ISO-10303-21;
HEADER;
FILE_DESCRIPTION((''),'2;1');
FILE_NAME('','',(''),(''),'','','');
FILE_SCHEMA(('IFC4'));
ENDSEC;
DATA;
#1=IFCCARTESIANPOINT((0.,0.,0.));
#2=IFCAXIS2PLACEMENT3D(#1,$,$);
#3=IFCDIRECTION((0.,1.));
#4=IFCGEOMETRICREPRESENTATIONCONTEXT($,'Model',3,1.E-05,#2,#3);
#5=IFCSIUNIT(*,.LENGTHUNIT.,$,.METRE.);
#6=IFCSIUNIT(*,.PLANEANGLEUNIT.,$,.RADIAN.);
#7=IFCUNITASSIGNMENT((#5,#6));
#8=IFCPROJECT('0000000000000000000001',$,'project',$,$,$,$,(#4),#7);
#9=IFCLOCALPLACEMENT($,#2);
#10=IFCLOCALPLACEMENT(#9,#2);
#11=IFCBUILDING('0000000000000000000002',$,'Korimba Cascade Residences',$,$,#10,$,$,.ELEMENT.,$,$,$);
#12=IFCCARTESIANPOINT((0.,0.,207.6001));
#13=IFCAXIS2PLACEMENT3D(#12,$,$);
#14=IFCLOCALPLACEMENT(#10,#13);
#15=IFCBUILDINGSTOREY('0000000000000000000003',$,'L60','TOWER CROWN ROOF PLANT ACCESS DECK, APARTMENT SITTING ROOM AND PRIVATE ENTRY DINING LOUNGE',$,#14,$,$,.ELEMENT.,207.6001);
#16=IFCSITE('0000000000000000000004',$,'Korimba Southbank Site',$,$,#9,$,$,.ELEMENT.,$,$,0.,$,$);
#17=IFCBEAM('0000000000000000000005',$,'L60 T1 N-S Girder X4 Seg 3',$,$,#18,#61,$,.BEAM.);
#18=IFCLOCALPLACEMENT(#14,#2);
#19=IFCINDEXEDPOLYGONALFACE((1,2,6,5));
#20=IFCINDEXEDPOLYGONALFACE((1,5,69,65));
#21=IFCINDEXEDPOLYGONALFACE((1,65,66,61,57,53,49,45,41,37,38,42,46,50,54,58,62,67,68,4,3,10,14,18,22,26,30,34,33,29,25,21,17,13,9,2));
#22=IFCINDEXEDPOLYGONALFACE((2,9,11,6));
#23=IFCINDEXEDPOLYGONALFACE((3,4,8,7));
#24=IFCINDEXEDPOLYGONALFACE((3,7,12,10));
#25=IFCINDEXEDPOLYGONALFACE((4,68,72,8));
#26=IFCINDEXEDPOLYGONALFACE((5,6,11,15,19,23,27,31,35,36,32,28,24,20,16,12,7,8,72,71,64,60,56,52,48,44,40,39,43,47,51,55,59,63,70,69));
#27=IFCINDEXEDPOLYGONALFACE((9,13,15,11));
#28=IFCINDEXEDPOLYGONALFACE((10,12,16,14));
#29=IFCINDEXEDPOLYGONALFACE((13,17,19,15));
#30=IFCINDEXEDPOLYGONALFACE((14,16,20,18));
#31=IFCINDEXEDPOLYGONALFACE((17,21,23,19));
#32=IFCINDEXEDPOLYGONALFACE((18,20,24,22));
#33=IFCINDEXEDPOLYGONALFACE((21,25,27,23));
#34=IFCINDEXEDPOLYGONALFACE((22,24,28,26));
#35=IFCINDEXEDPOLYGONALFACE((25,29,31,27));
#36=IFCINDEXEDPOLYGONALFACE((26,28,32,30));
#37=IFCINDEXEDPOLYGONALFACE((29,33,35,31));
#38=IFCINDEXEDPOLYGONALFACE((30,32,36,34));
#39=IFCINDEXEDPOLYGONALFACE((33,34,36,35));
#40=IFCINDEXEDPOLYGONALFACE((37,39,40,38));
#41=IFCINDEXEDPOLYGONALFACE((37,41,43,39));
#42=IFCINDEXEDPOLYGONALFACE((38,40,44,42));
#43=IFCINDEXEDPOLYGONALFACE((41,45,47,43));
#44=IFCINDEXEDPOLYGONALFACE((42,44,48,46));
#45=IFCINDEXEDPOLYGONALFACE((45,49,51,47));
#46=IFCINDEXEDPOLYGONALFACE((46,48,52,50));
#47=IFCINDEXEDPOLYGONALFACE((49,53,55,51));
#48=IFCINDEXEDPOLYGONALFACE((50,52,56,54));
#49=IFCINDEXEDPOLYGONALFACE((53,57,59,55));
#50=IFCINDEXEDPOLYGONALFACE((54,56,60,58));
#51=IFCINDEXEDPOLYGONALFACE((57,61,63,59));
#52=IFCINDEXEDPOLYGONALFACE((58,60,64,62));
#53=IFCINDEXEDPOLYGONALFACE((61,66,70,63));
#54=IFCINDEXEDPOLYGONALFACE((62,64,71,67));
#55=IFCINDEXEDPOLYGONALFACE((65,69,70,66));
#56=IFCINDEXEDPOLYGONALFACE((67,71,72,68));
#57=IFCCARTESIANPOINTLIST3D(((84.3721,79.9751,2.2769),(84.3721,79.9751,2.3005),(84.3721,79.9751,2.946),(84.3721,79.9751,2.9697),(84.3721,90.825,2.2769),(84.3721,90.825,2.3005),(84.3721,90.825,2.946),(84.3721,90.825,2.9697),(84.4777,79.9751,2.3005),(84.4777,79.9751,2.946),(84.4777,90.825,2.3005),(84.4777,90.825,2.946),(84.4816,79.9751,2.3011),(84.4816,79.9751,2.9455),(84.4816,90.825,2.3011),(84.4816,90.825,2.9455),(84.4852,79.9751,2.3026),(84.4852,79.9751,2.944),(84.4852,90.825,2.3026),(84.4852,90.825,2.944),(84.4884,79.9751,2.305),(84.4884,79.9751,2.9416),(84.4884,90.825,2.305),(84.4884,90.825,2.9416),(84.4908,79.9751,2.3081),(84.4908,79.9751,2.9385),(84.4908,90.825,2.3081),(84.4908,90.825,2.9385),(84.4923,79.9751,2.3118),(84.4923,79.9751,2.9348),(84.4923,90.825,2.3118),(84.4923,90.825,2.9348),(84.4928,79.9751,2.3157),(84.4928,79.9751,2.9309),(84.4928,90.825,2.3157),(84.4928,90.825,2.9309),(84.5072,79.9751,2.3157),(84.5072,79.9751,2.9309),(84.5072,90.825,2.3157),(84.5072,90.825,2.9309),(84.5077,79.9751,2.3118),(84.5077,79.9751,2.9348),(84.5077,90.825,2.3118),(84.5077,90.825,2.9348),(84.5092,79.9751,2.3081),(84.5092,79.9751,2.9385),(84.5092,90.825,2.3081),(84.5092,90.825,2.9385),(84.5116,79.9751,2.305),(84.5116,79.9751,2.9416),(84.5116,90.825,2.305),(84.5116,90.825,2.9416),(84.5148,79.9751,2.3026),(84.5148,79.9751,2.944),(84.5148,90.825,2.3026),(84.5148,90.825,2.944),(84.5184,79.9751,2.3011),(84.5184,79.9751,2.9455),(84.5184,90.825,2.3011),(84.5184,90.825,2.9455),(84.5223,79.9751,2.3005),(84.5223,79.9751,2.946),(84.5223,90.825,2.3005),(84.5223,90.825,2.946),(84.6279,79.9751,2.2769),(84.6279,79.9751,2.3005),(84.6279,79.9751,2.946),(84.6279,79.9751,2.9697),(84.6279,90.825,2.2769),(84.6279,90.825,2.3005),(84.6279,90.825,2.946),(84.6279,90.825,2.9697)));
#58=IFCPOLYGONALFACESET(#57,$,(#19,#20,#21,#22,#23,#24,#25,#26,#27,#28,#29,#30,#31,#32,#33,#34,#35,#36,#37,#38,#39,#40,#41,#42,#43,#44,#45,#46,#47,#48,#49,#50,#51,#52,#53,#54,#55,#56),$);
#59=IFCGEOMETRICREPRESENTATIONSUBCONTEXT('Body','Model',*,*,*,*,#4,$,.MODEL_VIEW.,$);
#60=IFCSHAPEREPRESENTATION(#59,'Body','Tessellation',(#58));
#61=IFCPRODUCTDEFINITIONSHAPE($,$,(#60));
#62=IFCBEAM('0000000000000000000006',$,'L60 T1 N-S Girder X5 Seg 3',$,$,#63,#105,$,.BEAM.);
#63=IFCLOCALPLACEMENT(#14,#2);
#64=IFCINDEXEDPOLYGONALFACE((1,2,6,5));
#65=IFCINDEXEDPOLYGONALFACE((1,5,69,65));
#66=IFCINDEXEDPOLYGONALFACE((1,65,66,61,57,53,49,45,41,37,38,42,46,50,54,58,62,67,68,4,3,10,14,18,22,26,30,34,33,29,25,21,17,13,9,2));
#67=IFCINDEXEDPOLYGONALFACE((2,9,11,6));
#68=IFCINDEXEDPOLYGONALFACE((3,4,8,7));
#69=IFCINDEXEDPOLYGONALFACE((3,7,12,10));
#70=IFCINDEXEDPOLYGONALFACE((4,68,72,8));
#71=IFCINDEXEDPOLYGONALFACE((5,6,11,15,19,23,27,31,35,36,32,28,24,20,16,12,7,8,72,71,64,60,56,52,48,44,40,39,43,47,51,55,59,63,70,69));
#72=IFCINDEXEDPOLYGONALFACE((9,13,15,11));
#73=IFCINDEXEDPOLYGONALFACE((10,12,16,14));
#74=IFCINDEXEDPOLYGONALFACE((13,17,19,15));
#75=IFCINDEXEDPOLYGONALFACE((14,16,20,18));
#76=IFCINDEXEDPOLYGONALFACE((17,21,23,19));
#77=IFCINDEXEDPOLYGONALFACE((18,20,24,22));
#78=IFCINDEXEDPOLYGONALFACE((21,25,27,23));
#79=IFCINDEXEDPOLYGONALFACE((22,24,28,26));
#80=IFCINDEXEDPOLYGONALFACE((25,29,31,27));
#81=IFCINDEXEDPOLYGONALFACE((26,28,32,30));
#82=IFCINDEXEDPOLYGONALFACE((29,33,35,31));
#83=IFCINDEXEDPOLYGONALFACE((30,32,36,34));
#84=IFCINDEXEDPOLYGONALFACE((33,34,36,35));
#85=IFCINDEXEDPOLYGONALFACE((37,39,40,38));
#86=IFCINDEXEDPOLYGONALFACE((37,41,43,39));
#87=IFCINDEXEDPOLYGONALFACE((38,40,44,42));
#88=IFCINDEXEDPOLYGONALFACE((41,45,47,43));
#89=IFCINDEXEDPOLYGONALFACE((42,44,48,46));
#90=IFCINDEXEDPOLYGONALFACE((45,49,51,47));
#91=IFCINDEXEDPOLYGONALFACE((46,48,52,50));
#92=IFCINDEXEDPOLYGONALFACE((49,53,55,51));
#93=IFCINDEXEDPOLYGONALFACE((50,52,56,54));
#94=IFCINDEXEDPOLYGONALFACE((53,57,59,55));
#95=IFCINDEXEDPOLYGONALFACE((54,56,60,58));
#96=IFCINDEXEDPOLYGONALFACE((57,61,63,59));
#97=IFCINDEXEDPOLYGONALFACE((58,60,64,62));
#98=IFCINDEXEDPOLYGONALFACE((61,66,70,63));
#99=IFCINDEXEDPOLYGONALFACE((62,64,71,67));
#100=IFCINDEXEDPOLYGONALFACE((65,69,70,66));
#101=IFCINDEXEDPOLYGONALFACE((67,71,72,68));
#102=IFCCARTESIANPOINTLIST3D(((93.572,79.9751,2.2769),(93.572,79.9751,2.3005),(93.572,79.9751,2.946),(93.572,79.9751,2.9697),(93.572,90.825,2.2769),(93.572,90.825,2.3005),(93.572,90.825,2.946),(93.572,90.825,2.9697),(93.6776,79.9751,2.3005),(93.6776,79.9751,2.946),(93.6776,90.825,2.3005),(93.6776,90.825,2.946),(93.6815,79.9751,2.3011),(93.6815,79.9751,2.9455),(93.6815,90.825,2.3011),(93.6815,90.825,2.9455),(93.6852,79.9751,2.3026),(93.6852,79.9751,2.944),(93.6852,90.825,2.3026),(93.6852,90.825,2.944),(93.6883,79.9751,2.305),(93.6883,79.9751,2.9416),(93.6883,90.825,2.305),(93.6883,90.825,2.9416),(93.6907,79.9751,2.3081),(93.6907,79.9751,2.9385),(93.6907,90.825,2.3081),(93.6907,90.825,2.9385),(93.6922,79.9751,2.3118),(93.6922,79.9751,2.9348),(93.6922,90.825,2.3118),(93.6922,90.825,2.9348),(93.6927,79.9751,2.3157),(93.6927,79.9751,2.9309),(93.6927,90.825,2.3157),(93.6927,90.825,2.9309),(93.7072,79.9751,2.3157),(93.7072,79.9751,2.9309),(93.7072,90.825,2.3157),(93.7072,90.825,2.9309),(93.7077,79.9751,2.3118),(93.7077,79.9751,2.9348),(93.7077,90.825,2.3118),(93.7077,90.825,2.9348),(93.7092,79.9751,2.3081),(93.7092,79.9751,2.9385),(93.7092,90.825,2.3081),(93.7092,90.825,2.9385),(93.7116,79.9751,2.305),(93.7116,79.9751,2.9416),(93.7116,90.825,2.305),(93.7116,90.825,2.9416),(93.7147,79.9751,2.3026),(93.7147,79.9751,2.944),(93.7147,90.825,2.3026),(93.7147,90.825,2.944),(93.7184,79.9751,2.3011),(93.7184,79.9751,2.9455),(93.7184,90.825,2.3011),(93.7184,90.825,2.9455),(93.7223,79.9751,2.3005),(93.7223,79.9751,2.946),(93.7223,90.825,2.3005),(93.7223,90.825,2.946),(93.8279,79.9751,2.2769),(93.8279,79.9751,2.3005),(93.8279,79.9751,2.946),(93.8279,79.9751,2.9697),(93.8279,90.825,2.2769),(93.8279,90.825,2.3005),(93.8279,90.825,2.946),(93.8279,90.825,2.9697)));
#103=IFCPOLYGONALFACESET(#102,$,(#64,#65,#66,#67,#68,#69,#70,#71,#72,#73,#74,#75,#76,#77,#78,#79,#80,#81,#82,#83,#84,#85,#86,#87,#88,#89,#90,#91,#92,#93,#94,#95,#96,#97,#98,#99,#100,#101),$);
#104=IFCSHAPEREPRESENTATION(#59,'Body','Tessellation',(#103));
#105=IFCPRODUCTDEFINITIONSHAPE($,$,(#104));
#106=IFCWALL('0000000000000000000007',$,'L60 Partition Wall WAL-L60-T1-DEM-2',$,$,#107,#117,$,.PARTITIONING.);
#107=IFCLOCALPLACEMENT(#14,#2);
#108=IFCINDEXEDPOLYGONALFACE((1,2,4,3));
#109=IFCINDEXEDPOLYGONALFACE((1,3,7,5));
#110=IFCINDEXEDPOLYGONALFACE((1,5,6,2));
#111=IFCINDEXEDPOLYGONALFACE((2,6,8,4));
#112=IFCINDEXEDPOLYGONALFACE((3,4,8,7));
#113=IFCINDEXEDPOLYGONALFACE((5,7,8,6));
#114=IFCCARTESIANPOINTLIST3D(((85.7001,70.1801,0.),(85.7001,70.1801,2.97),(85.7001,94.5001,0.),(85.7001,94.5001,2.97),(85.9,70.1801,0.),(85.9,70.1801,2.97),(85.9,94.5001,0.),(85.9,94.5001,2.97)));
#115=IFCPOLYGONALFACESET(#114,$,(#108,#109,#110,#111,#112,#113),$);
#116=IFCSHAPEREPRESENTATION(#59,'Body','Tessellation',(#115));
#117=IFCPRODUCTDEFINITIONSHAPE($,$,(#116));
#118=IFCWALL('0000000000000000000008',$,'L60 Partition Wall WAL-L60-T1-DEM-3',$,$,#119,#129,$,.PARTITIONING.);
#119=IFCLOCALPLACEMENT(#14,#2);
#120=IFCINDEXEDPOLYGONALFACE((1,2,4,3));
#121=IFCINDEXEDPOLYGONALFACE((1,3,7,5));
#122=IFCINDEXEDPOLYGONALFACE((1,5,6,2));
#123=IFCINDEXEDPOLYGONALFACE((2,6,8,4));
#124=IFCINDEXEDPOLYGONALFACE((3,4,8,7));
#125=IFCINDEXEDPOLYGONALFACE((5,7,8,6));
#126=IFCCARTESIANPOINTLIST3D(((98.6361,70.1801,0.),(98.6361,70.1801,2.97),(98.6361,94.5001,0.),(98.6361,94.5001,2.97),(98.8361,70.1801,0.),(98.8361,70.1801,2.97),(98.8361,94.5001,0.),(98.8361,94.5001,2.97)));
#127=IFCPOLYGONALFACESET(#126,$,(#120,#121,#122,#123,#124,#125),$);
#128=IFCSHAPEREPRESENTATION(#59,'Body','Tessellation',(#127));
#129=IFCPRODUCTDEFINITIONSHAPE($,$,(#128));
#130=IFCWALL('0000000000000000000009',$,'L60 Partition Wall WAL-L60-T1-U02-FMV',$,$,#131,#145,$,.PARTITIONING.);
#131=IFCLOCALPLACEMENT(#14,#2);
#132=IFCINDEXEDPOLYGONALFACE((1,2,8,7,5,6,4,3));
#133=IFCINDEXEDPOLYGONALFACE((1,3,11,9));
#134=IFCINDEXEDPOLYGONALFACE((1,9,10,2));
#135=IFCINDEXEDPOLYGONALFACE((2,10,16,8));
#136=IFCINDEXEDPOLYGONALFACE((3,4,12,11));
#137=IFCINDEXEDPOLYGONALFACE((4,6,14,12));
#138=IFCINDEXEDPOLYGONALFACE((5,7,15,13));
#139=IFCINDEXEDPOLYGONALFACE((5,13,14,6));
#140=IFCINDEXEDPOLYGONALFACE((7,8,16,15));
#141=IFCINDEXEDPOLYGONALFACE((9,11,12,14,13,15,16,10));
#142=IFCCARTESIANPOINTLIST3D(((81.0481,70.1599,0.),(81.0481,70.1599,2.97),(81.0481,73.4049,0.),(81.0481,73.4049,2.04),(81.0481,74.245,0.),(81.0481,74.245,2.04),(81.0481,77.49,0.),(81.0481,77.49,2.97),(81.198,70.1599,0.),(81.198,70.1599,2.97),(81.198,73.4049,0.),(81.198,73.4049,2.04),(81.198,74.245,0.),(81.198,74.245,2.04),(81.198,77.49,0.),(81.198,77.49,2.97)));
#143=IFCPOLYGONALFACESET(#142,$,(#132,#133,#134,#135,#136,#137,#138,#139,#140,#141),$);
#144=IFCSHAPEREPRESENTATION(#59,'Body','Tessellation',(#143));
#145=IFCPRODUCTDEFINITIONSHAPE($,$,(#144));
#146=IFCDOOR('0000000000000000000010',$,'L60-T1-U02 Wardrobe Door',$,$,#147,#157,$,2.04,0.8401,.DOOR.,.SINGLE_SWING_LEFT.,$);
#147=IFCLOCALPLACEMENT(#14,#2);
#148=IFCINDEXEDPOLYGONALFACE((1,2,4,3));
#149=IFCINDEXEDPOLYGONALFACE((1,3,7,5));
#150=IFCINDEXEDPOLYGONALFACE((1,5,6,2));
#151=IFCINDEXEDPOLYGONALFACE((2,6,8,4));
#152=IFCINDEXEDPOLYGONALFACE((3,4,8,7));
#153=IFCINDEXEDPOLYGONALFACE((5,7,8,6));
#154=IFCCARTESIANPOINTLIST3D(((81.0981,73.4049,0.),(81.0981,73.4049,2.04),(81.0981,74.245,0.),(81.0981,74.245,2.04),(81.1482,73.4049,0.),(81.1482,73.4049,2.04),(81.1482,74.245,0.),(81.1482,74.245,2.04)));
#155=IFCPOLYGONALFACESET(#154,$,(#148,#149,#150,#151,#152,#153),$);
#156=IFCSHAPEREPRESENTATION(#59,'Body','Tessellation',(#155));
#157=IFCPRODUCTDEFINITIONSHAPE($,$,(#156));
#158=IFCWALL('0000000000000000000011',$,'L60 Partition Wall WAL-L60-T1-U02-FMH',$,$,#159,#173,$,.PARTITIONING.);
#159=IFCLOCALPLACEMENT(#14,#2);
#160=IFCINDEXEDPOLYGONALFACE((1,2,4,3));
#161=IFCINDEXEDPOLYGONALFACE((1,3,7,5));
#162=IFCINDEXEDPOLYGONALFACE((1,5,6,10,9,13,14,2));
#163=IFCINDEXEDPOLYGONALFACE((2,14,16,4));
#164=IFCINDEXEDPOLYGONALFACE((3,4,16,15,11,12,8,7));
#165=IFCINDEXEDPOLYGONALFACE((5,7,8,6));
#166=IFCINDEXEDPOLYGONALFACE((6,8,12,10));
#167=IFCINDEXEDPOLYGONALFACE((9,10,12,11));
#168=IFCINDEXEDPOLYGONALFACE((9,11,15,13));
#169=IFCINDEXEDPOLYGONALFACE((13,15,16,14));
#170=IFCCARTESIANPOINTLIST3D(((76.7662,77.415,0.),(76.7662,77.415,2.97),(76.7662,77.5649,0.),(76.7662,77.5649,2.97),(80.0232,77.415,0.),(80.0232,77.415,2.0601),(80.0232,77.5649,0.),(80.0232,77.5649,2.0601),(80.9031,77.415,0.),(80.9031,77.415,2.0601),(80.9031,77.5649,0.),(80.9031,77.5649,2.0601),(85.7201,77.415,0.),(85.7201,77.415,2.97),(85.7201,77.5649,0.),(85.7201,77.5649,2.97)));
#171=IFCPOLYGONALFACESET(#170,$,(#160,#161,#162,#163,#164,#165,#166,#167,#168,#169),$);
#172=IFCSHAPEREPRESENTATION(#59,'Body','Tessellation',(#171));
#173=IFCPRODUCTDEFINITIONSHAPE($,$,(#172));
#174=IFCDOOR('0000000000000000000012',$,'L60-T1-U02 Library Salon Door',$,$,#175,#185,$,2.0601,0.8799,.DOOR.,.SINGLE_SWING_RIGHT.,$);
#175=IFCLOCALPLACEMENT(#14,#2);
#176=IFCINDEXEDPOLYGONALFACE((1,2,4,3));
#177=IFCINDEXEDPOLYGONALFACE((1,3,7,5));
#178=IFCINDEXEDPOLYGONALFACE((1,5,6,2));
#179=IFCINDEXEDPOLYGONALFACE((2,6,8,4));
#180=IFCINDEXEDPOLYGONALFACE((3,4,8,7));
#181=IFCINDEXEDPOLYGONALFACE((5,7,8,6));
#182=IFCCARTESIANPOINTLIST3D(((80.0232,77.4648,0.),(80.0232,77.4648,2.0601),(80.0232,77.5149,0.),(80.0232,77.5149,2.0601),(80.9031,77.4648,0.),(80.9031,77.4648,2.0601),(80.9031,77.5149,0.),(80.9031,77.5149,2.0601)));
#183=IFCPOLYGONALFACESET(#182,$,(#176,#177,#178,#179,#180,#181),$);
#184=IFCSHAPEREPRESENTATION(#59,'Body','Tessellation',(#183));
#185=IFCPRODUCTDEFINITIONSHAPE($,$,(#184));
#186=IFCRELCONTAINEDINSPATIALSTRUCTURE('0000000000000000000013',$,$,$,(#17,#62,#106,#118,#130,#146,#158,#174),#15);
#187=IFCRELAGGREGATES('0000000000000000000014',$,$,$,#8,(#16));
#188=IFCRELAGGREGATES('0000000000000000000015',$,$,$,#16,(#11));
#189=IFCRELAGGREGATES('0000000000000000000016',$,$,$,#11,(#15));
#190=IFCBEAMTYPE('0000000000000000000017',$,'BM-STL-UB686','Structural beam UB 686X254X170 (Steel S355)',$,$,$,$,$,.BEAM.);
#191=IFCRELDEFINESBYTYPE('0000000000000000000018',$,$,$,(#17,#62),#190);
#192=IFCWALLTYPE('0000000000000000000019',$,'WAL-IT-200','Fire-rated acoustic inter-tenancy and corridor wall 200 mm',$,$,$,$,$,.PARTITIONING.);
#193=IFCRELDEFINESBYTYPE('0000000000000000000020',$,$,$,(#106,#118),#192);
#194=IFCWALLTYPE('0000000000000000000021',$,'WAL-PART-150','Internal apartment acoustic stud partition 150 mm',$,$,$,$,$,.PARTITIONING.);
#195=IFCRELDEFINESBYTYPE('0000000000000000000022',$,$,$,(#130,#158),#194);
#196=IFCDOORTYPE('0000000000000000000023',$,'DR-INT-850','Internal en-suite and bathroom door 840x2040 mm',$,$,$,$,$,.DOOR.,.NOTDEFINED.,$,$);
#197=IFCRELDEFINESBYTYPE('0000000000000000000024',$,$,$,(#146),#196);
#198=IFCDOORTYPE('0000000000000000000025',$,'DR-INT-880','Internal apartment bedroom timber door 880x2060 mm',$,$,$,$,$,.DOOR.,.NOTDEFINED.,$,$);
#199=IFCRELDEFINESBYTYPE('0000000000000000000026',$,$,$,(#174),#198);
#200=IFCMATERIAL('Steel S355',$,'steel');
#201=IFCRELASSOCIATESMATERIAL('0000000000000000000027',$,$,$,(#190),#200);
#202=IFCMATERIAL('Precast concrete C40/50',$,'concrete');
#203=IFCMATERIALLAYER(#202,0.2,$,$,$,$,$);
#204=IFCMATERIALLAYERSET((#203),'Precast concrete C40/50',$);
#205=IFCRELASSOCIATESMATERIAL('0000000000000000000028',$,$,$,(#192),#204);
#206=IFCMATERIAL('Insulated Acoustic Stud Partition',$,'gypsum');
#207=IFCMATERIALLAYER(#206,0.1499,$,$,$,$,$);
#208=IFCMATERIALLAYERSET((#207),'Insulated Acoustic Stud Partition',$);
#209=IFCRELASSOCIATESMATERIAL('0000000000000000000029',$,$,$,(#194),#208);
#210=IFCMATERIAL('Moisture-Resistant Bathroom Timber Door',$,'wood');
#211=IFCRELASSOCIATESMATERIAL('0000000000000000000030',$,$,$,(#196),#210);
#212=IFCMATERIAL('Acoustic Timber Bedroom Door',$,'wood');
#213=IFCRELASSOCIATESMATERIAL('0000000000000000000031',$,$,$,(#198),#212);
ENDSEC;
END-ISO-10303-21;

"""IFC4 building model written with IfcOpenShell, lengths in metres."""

from ifc_helpers import new_model, si_unit, direction, frame, frame_2d, origin, origin_2d, place, context, subcontext, project, spatial, rectangle, i_section, extrude, material, layer, layer_set, material_profile, profile_set, type_object, element, fill, save


model = new_model("IFC4")

# Units and contexts
model_context = context("Model", 3, precision=1e-05, world=origin(), true_north=direction((0.0, 1.0)))
body_context = subcontext(model_context, "Body", "Model", "MODEL_VIEW")
ifc_project = project(units=[si_unit("LENGTHUNIT", "METRE"), si_unit("PLANEANGLEUNIT", "RADIAN")], contexts=[model_context])

# Site, building, storey
site_placement = place(None, origin())
site = spatial("IfcSite", under=ifc_project, at=site_placement, Name="Korimba Southbank Site", CompositionType="ELEMENT", RefElevation=0.0)
building_placement = place(site_placement, origin())
building = spatial("IfcBuilding", under=site, at=building_placement, Name="Korimba Cascade Residences", CompositionType="ELEMENT")
storey_placement = place(building_placement, frame((0.0, 0.0, 207.6001)))
storey = spatial("IfcBuildingStorey", under=building, at=storey_placement, Name="L60", Description="TOWER CROWN ROOF PLANT ACCESS DECK, APARTMENT SITTING ROOM AND PRIVATE ENTRY DINING LOUNGE", CompositionType="ELEMENT", Elevation=207.6001)

# Beams
ifc_material_1 = material(Name="Steel S355", Category="steel")
ifc_material_profile_1 = material_profile(ifc_material_1, i_section(OverallWidth=0.2559, OverallDepth=0.6929, WebThickness=0.0144, FlangeThickness=0.0237, FilletRadius=0.0151, at=origin_2d()), Name="Steel S355")
ifc_profile_set_1 = profile_set([ifc_material_profile_1], Name="Steel S355")
beam_type_1 = type_object("IfcBeamType", Name="BM-STL-UB686", Description="Structural beam UB 686X254X170 (Steel S355)", PredefinedType="BEAM", material=ifc_profile_set_1)
for number, where, z_axis, x_axis, name in (
    (1, (84.5, 79.9751, 2.6233), (0.0, 1.0, 0.0), (-1.0, 0.0, 0.0), "L60 T1 N-S Girder X4 Seg 3"),
    (2, (93.7, 79.9751, 2.6233), (0.0, 1.0, 0.0), (-1.0, 0.0, 0.0), "L60 T1 N-S Girder X5 Seg 3"),
):
    element("IfcBeam", number, at=place(storey_placement, frame(where, z_axis=z_axis, x_axis=x_axis)), inside=storey, type_object=beam_type_1, Name=name, PredefinedType="BEAM", context=body_context, shape_type="SweptSolid", body=[
        extrude(i_section(OverallWidth=0.2559, OverallDepth=0.6929, WebThickness=0.0144, FlangeThickness=0.0237, FilletRadius=0.0151, at=origin_2d()), origin(), (0.0, 0.0, 1.0), 10.8499),
    ])

# Walls
ifc_material_2 = material(Name="Precast concrete C40/50", Category="concrete")
ifc_layer_1 = layer(ifc_material_2, 0.2)
ifc_layer_set_1 = layer_set([ifc_layer_1], Name="Precast concrete C40/50")
wall_type_1 = type_object("IfcWallType", Name="WAL-IT-200", Description="Fire-rated acoustic inter-tenancy and corridor wall 200 mm", PredefinedType="PARTITIONING", material=ifc_layer_set_1)
for number, where, z_axis, x_axis, name in (
    (3, (85.8, 70.1799, 0.0), (0.0, 0.0, 1.0), (0.0, 1.0, 0.0), "L60 Partition Wall WAL-L60-T1-DEM-2"),
    (4, (98.7361, 70.1799, 0.0), (0.0, 0.0, 1.0), (0.0, 1.0, 0.0), "L60 Partition Wall WAL-L60-T1-DEM-3"),
):
    element("IfcWall", number, at=place(storey_placement, frame(where, z_axis=z_axis, x_axis=x_axis)), inside=storey, type_object=wall_type_1, Name=name, PredefinedType="PARTITIONING", context=body_context, shape_type="SweptSolid", body=[
        extrude(rectangle(XDim=24.3201, YDim=0.2, at=frame_2d((12.1602, 0.0))), origin(), (0.0, 0.0, 1.0), 2.97),
    ])

# Walls, openings, doors
ifc_material_3 = material(Name="Insulated Acoustic Stud Partition", Category="gypsum")
ifc_layer_2 = layer(ifc_material_3, 0.1499)
ifc_layer_set_2 = layer_set([ifc_layer_2], Name="Insulated Acoustic Stud Partition")
wall_type_2 = type_object("IfcWallType", Name="WAL-PART-150", Description="Internal apartment acoustic stud partition 150 mm", PredefinedType="PARTITIONING", material=ifc_layer_set_2)
wall_1_placement = place(storey_placement, frame((81.123, 70.1599, 0.0), z_axis=(0.0, 0.0, 1.0), x_axis=(0.0, 1.0, 0.0)))
wall_1 = element("IfcWall", 5, at=wall_1_placement, inside=storey, type_object=wall_type_2, Name="L60 Partition Wall WAL-L60-T1-U02-FMV", PredefinedType="PARTITIONING", context=body_context, shape_type="SweptSolid", body=[
    extrude(rectangle(XDim=7.3301, YDim=0.1499, at=frame_2d((3.665, 0.0))), origin(), (0.0, 0.0, 1.0), 2.97),
])
opening_1_placement = place(wall_1_placement, frame((3.2451, 0.0, 0.0)))
opening_1 = element("IfcOpeningElement", 6, at=opening_1_placement, cuts=wall_1, PredefinedType="OPENING", context=body_context, shape_type="SweptSolid", body=[
    extrude(rectangle(XDim=0.8401, YDim=2.04, at=frame_2d((0.4199, 1.02))), frame((0.0, 0.085, 0.0), z_axis=(0.0, -1.0, 0.0), x_axis=(1.0, 0.0, 0.0)), (0.0, 0.0, 1.0), 0.1699),
])
ifc_material_4 = material(Name="Moisture-Resistant Bathroom Timber Door", Category="wood")
door_type_1 = type_object("IfcDoorType", Name="DR-INT-850", Description="Internal en-suite and bathroom door 840x2040 mm", OperationType="NOTDEFINED", PredefinedType="DOOR", material=ifc_material_4)
door_1_placement = place(opening_1_placement, origin())
door_1 = element("IfcDoor", 7, at=door_1_placement, inside=storey, type_object=door_type_1, Name="L60-T1-U02 Wardrobe Door", OperationType="SINGLE_SWING_LEFT", OverallHeight=2.04, OverallWidth=0.8401, PredefinedType="DOOR", context=body_context, shape_type="SweptSolid", body=[
    extrude(rectangle(XDim=0.8401, YDim=2.04, at=frame_2d((0.4199, 1.02))), frame((0.0, 0.0249, 0.0), z_axis=(0.0, -1.0, 0.0), x_axis=(1.0, 0.0, 0.0)), (0.0, 0.0, 1.0), 0.05),
])
fill(opening_1, door_1)
wall_2_placement = place(storey_placement, frame((76.7661, 77.49, 0.0), z_axis=(0.0, 0.0, 1.0), x_axis=(1.0, 0.0, 0.0)))
wall_2 = element("IfcWall", 8, at=wall_2_placement, inside=storey, type_object=wall_type_2, Name="L60 Partition Wall WAL-L60-T1-U02-FMH", PredefinedType="PARTITIONING", context=body_context, shape_type="SweptSolid", body=[
    extrude(rectangle(XDim=8.9539, YDim=0.1499, at=frame_2d((4.4771, 0.0))), origin(), (0.0, 0.0, 1.0), 2.97),
])
opening_2_placement = place(wall_2_placement, frame((3.2571, 0.0, 0.0)))
opening_2 = element("IfcOpeningElement", 9, at=opening_2_placement, cuts=wall_2, PredefinedType="OPENING", context=body_context, shape_type="SweptSolid", body=[
    extrude(rectangle(XDim=0.8799, YDim=2.0601, at=frame_2d((0.4399, 1.03))), frame((0.0, 0.085, 0.0), z_axis=(0.0, -1.0, 0.0), x_axis=(1.0, 0.0, 0.0)), (0.0, 0.0, 1.0), 0.1699),
])
ifc_material_5 = material(Name="Acoustic Timber Bedroom Door", Category="wood")
door_type_2 = type_object("IfcDoorType", Name="DR-INT-880", Description="Internal apartment bedroom timber door 880x2060 mm", OperationType="NOTDEFINED", PredefinedType="DOOR", material=ifc_material_5)
door_2_placement = place(opening_2_placement, origin())
door_2 = element("IfcDoor", 10, at=door_2_placement, inside=storey, type_object=door_type_2, Name="L60-T1-U02 Library Salon Door", OperationType="SINGLE_SWING_RIGHT", OverallHeight=2.0601, OverallWidth=0.8799, PredefinedType="DOOR", context=body_context, shape_type="SweptSolid", body=[
    extrude(rectangle(XDim=0.8799, YDim=2.0601, at=frame_2d((0.4399, 1.03))), frame((0.0, 0.0249, 0.0), z_axis=(0.0, -1.0, 0.0), x_axis=(1.0, 0.0, 0.0)), (0.0, 0.0, 1.0), 0.05),
])
fill(opening_2, door_2)

save(model, "model.ifc")
